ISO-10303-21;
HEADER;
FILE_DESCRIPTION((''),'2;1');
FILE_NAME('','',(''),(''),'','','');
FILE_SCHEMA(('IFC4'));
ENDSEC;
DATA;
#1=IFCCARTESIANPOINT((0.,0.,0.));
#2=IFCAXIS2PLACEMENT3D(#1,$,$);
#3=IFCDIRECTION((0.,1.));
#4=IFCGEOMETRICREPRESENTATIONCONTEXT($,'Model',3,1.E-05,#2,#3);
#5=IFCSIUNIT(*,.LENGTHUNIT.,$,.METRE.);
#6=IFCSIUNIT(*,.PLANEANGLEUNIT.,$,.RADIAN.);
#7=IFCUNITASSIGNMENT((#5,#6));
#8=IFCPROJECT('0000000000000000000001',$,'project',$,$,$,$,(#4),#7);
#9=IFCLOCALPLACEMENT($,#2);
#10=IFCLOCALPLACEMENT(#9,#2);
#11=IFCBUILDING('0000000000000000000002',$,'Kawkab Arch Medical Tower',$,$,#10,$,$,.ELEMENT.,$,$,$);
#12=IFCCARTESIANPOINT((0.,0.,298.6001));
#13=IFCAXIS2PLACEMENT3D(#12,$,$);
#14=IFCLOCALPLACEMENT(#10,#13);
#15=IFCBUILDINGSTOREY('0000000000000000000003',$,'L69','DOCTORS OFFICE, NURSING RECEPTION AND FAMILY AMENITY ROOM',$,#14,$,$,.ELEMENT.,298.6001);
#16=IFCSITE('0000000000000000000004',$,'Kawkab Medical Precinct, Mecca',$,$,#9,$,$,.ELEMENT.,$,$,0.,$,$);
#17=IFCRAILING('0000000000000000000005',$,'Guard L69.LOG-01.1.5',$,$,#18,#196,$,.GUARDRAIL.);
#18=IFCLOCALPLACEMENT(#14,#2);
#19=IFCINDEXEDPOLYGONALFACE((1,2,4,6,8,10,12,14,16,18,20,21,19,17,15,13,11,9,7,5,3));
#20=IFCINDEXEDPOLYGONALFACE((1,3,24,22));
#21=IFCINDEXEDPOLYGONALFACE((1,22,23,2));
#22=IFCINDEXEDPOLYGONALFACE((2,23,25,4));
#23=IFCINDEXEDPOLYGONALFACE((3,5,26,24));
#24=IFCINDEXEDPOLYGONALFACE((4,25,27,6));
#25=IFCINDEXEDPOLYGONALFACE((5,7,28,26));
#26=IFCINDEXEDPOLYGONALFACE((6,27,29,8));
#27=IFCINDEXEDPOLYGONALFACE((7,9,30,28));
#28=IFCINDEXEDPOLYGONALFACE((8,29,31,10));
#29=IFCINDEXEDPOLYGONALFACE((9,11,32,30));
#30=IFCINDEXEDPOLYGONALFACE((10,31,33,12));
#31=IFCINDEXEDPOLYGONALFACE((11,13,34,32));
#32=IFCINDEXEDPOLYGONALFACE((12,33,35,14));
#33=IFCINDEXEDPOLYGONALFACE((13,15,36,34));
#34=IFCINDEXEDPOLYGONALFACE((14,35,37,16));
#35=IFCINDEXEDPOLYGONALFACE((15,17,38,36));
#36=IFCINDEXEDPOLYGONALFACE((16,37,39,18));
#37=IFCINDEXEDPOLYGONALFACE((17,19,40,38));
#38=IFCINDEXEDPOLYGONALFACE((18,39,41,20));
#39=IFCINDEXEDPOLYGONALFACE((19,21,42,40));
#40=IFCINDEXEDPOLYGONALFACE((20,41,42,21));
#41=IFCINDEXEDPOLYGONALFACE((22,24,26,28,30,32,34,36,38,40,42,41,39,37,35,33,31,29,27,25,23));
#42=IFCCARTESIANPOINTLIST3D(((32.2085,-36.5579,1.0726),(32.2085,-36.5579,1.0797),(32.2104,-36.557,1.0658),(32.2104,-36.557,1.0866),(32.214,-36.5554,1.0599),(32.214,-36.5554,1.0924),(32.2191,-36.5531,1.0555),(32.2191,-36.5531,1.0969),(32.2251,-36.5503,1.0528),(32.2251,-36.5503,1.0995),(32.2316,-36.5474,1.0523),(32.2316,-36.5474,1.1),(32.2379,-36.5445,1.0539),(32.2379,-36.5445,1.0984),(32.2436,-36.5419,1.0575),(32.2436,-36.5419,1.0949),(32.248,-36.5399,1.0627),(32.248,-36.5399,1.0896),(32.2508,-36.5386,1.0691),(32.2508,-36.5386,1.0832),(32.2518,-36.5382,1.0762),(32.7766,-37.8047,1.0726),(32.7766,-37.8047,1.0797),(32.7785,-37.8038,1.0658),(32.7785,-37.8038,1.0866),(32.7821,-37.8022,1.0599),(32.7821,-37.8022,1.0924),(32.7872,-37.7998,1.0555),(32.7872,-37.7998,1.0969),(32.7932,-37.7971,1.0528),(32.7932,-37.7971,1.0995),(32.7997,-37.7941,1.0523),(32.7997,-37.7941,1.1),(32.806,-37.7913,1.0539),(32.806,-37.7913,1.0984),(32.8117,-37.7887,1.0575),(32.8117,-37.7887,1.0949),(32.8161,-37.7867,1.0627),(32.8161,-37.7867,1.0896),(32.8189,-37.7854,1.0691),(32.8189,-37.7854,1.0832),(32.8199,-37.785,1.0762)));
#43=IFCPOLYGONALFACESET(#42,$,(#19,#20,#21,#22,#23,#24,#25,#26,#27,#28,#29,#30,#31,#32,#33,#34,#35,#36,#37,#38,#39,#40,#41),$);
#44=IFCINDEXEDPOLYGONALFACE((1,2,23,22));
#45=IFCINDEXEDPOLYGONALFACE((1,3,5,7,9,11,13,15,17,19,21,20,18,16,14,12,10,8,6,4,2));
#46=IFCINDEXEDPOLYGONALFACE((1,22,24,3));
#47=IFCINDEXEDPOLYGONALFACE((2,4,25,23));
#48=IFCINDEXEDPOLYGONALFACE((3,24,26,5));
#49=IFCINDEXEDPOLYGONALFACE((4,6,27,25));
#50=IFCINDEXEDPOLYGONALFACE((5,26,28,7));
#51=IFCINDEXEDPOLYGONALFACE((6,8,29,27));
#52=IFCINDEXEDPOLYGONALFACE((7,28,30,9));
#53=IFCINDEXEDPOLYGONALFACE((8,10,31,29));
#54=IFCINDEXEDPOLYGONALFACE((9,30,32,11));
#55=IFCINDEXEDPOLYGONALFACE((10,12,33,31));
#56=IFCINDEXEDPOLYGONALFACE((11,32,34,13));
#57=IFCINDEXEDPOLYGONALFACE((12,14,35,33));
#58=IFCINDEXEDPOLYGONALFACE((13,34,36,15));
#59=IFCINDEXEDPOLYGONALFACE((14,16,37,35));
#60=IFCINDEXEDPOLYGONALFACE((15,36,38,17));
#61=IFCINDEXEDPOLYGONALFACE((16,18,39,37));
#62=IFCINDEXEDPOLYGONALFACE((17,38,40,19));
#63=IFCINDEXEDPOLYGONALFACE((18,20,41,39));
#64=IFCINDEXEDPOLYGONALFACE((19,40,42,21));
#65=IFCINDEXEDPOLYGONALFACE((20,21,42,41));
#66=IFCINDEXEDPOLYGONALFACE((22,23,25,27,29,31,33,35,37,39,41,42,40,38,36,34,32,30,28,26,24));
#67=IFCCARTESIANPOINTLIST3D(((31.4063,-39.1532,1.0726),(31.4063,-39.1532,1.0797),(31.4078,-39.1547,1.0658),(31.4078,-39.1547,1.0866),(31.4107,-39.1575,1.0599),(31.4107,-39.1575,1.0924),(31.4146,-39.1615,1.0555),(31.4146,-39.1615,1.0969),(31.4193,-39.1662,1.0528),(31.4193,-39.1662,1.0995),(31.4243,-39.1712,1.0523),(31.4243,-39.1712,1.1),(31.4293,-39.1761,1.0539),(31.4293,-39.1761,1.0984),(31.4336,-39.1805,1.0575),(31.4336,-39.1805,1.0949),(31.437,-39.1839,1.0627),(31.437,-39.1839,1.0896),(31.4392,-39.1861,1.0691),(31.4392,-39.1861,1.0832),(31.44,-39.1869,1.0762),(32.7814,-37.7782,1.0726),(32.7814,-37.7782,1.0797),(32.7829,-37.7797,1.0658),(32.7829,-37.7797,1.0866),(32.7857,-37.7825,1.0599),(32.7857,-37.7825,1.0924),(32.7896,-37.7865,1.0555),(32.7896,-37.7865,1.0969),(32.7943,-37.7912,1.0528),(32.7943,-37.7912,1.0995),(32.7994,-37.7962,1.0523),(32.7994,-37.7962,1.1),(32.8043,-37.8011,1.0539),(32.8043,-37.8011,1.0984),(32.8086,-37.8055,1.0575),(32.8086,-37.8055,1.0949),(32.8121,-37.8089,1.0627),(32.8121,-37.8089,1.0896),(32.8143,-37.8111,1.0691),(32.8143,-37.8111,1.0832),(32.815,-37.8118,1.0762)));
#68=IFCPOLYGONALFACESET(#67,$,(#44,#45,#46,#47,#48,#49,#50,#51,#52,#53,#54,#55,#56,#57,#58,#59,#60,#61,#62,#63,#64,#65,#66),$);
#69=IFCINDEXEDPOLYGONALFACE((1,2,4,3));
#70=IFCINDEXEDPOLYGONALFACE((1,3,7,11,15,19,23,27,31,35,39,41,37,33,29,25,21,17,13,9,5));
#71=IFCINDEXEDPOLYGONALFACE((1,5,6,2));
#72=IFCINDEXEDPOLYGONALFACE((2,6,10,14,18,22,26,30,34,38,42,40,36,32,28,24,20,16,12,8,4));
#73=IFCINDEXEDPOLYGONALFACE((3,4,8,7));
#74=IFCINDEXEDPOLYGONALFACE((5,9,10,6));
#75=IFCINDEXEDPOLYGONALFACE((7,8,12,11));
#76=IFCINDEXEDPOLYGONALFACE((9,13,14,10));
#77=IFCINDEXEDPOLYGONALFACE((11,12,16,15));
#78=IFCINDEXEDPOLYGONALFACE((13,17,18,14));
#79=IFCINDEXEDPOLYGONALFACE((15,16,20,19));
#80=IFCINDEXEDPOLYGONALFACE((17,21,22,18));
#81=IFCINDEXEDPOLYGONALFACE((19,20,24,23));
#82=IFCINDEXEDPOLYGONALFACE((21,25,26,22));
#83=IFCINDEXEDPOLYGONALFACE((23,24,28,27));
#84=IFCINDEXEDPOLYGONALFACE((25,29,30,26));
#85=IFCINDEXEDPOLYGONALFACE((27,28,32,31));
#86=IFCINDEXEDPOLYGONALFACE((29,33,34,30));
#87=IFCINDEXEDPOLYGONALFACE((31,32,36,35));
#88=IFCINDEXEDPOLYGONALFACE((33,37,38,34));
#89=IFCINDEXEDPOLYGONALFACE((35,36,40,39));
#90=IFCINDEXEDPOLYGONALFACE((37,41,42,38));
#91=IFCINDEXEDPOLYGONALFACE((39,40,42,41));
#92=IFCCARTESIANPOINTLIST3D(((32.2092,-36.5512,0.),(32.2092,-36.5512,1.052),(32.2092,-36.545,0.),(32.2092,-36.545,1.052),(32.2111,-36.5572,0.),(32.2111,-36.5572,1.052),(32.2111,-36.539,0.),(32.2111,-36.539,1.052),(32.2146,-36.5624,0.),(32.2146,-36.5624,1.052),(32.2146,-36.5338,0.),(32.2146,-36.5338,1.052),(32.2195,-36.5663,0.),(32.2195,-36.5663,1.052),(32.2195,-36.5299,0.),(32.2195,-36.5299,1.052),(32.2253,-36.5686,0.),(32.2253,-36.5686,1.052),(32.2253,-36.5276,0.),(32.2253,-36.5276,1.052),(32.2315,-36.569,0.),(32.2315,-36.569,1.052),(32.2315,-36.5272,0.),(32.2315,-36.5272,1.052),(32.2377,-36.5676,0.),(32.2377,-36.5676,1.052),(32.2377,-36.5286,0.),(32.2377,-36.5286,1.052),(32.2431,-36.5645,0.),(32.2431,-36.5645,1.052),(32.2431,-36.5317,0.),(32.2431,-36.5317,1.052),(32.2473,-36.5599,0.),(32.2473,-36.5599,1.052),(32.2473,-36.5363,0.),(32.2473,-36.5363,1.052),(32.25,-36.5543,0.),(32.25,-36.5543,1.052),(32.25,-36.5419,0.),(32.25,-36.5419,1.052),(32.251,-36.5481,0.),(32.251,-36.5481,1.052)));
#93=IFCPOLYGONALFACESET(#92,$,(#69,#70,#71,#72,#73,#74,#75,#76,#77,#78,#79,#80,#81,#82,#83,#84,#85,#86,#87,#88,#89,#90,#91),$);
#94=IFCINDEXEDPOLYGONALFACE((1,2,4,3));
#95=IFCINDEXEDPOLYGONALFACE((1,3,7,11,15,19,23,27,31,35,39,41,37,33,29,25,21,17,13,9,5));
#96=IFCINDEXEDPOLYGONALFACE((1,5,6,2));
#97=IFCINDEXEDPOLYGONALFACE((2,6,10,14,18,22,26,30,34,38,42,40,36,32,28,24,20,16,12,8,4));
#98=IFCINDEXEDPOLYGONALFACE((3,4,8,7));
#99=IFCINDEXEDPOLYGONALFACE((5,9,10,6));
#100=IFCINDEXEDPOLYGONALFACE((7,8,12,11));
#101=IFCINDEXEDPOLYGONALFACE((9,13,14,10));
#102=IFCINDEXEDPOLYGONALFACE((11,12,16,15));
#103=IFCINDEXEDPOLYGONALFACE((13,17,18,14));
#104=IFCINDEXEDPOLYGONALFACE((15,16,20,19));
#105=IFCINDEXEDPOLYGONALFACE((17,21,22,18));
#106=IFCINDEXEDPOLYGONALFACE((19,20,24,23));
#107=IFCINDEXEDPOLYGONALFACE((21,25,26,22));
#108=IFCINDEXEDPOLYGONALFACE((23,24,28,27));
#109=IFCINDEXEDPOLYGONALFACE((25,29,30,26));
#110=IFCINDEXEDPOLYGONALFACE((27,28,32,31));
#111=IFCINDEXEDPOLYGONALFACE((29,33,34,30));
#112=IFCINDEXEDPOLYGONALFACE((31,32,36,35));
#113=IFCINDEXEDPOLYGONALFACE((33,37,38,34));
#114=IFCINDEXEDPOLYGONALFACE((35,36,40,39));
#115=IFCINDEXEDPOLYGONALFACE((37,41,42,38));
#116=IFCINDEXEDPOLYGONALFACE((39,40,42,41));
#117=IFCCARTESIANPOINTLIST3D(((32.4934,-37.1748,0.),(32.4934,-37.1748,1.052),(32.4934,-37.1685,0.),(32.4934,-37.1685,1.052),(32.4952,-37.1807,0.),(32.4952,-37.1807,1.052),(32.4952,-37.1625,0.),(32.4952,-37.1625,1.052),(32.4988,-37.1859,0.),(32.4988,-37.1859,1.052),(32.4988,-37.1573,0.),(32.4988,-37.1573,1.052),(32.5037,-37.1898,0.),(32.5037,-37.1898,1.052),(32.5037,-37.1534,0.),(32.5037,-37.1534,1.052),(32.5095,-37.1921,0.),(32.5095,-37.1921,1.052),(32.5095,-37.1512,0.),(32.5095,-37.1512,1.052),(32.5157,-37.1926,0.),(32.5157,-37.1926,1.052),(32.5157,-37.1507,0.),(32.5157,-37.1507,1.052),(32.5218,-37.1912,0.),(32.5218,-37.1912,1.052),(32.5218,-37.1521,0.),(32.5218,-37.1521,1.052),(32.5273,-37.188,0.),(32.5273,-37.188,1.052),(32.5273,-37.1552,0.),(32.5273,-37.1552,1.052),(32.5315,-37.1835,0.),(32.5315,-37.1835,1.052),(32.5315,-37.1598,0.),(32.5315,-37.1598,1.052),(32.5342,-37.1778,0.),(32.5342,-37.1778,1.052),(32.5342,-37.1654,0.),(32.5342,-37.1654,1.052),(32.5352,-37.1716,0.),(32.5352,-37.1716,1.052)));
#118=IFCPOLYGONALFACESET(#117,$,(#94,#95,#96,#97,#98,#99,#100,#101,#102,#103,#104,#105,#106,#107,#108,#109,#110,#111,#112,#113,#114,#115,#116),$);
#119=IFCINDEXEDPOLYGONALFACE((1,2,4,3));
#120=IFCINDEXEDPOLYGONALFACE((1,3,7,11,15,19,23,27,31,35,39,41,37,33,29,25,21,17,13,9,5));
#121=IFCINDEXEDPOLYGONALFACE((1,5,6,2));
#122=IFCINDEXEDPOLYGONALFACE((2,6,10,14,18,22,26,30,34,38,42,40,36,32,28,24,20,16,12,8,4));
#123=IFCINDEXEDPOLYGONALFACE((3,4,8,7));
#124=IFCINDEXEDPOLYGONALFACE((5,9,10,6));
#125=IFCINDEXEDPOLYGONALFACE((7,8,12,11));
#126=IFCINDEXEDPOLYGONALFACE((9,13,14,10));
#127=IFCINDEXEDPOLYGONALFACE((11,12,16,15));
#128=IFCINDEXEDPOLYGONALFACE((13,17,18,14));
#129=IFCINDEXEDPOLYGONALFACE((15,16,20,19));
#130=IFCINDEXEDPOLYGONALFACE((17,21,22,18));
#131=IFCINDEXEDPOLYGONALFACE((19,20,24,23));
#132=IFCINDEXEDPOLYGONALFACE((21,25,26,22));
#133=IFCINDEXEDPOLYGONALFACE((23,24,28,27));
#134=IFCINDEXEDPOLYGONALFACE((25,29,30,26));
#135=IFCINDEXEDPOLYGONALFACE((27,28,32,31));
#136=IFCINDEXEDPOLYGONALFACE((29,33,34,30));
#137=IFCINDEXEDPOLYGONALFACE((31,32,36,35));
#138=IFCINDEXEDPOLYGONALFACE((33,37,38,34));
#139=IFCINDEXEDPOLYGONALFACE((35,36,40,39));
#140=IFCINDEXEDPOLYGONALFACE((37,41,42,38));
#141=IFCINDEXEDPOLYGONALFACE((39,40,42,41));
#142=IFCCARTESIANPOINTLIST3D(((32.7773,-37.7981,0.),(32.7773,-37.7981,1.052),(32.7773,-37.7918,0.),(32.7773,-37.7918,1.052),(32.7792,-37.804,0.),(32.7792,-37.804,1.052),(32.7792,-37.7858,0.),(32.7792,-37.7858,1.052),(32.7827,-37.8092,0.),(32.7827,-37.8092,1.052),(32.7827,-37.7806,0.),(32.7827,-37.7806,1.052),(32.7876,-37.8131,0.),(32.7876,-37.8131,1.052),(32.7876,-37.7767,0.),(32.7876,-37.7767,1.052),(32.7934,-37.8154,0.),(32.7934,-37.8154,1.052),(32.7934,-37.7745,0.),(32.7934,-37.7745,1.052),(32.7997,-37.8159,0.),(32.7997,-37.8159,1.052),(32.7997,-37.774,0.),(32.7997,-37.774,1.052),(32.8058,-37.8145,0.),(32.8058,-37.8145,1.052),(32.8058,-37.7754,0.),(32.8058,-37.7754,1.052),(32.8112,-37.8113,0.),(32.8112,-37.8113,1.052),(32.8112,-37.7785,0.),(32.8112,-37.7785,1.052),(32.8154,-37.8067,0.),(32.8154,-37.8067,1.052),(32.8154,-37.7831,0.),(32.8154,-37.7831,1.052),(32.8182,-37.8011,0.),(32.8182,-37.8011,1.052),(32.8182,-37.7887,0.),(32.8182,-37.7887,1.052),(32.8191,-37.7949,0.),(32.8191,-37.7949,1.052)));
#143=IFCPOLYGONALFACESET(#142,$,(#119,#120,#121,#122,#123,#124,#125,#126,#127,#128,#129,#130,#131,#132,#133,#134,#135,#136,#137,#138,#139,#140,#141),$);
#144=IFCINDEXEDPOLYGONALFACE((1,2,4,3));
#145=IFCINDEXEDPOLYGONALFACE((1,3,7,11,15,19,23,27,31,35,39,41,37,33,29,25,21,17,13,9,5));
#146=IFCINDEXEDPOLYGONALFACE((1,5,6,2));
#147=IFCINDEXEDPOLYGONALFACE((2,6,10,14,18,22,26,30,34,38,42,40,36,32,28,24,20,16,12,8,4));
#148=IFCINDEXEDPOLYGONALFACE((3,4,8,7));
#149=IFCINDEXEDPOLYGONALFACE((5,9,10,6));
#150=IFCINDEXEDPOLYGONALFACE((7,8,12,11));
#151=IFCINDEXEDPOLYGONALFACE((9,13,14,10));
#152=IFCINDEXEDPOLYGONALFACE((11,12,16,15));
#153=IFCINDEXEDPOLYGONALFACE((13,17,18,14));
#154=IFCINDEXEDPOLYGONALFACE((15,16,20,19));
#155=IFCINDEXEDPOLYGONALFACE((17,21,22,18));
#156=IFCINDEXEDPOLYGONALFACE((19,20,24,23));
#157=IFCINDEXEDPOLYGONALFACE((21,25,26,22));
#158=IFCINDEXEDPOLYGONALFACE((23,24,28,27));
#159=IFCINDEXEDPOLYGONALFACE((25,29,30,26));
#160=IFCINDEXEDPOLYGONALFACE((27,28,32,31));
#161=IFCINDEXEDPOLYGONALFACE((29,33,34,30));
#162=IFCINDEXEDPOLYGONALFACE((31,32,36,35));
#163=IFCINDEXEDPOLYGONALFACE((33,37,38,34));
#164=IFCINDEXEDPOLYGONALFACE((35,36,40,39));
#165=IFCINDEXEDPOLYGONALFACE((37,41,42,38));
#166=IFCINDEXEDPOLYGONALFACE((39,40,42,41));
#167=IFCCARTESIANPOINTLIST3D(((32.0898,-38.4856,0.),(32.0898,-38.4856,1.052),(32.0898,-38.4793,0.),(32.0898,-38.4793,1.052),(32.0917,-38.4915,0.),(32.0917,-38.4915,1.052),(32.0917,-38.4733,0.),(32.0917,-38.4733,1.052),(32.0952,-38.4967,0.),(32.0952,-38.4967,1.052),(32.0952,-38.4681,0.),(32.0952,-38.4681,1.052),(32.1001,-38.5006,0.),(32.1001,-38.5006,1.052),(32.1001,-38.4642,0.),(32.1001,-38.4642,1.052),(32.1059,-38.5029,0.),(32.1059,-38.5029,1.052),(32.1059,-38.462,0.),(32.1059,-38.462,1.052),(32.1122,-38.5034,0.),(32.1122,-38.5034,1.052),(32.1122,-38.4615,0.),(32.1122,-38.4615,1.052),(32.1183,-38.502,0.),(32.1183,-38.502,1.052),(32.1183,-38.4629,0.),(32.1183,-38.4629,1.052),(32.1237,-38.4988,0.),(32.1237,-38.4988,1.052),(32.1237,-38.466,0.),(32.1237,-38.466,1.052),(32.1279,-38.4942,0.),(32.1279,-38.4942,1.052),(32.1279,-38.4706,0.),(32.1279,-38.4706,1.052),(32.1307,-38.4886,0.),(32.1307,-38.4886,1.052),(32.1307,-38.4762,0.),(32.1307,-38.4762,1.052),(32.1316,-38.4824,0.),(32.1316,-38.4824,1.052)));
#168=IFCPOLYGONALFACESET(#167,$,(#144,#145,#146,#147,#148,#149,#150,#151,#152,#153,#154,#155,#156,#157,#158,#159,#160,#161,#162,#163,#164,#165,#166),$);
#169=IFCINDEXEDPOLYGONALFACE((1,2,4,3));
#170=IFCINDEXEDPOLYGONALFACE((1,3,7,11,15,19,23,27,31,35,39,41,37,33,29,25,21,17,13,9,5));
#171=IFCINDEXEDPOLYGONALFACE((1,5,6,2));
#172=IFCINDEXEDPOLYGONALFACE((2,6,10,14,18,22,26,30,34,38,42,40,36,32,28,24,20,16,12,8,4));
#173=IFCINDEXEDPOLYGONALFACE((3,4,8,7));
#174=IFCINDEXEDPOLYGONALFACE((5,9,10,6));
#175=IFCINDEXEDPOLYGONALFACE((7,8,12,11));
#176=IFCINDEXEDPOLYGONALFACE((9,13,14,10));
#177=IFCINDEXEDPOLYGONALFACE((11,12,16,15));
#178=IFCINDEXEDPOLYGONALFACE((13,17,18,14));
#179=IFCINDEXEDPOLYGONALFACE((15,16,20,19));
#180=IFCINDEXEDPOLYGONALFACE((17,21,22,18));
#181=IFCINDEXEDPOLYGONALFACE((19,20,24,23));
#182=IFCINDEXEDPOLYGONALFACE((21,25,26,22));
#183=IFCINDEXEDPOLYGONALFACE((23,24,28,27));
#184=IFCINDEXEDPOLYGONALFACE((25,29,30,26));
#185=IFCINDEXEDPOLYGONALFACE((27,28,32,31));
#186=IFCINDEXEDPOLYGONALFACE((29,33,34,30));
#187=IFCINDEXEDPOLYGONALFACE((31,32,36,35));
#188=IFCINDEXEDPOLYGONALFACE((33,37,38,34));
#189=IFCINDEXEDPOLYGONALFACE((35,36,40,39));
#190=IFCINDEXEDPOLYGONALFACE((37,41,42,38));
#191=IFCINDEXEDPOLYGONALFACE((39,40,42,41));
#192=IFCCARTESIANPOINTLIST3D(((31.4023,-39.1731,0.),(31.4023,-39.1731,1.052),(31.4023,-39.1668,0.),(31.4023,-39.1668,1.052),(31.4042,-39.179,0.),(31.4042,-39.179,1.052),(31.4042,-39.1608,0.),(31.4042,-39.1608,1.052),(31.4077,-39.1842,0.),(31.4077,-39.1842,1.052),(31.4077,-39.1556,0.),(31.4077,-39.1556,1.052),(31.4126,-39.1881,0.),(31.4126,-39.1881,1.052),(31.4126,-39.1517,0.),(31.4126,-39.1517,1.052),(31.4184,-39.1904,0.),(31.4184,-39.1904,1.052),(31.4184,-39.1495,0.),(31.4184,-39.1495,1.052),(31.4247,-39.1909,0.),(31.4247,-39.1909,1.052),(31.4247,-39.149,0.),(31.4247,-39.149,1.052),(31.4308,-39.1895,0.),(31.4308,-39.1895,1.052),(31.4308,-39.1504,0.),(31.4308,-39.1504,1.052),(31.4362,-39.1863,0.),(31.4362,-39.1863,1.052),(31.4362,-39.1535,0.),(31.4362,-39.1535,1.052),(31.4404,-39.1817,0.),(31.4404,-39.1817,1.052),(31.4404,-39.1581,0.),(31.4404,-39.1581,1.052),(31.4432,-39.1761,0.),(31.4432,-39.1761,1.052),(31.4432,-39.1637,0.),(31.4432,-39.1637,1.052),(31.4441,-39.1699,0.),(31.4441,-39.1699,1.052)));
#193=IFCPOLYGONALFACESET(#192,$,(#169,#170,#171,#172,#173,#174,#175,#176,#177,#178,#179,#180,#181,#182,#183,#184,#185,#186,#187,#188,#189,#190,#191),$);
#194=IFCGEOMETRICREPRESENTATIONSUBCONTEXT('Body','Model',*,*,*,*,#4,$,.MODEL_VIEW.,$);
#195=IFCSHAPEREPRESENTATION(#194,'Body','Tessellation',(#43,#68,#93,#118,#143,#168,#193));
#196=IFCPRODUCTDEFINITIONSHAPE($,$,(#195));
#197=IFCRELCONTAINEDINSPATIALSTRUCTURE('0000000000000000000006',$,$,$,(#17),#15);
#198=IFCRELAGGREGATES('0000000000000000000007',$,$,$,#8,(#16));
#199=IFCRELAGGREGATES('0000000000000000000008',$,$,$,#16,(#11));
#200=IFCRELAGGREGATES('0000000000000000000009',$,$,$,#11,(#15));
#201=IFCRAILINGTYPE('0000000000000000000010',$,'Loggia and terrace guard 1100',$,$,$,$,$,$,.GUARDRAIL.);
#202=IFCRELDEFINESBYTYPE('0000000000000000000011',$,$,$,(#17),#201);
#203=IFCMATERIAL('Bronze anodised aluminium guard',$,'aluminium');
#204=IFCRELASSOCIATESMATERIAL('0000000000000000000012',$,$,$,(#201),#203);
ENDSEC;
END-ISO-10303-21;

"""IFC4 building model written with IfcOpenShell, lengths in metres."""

from ifc_helpers import new_model, si_unit, direction, frame, origin, origin_2d, place, context, subcontext, project, spatial, circle, extrude, material, type_object, element, save


model = new_model("IFC4")

# Units and contexts
model_context = context("Model", 3, precision=1e-05, world=origin(), true_north=direction((0.0, 1.0)))
body_context = subcontext(model_context, "Body", "Model", "MODEL_VIEW")
ifc_project = project(units=[si_unit("LENGTHUNIT", "METRE"), si_unit("PLANEANGLEUNIT", "RADIAN")], contexts=[model_context])

# Site, building, storey
site_placement = place(None, origin())
site = spatial("IfcSite", under=ifc_project, at=site_placement, Name="Kawkab Medical Precinct, Mecca", CompositionType="ELEMENT", RefElevation=0.0)
building_placement = place(site_placement, origin())
building = spatial("IfcBuilding", under=site, at=building_placement, Name="Kawkab Arch Medical Tower", CompositionType="ELEMENT")
storey_placement = place(building_placement, frame((0.0, 0.0, 298.6001)))
storey = spatial("IfcBuildingStorey", under=building, at=storey_placement, Name="L69", Description="DOCTORS OFFICE, NURSING RECEPTION AND FAMILY AMENITY ROOM", CompositionType="ELEMENT", Elevation=298.6001)

# Railing
ifc_material_1 = material(Name="Bronze anodised aluminium guard", Category="aluminium")
railing_type_1 = type_object("IfcRailingType", Name="Loggia and terrace guard 1100", PredefinedType="GUARDRAIL", material=ifc_material_1)
railing_1_placement = place(storey_placement, frame((32.23, -36.5481, 0.0)))
element("IfcRailing", 1, at=railing_1_placement, inside=storey, type_object=railing_type_1, Name="Guard L69.LOG-01.1.5", PredefinedType="GUARDRAIL", context=body_context, shape_type="SweptSolid", body=[
    extrude(circle(Radius=0.0239, at=origin_2d()), frame((0.0, 0.0, 1.0762), z_axis=(0.414635, -0.909988, 0.0), x_axis=(0.909988, 0.414635, 0.0)), (0.0, 0.0, 1.0), 1.3701),
    extrude(circle(Radius=0.0239, at=origin_2d()), frame((0.5681, -1.2468, 1.0762), z_axis=(-0.707107, -0.707107, 0.0), x_axis=(0.707107, -0.707107, 0.0)), (0.0, 0.0, 1.0), 1.9446),
    extrude(circle(Radius=0.021, at=origin_2d()), origin(), (0.0, 0.0, 1.0), 1.052),
    extrude(circle(Radius=0.021, at=origin_2d()), frame((0.2842, -0.6235, 0.0)), (0.0, 0.0, 1.0), 1.052),
    extrude(circle(Radius=0.021, at=origin_2d()), frame((0.5681, -1.2468, 0.0)), (0.0, 0.0, 1.0), 1.052),
    extrude(circle(Radius=0.021, at=origin_2d()), frame((-0.1194, -1.9343, 0.0)), (0.0, 0.0, 1.0), 1.052),
    extrude(circle(Radius=0.021, at=origin_2d()), frame((-0.8069, -2.6218, 0.0)), (0.0, 0.0, 1.0), 1.052),
])

save(model, "model.ifc")
